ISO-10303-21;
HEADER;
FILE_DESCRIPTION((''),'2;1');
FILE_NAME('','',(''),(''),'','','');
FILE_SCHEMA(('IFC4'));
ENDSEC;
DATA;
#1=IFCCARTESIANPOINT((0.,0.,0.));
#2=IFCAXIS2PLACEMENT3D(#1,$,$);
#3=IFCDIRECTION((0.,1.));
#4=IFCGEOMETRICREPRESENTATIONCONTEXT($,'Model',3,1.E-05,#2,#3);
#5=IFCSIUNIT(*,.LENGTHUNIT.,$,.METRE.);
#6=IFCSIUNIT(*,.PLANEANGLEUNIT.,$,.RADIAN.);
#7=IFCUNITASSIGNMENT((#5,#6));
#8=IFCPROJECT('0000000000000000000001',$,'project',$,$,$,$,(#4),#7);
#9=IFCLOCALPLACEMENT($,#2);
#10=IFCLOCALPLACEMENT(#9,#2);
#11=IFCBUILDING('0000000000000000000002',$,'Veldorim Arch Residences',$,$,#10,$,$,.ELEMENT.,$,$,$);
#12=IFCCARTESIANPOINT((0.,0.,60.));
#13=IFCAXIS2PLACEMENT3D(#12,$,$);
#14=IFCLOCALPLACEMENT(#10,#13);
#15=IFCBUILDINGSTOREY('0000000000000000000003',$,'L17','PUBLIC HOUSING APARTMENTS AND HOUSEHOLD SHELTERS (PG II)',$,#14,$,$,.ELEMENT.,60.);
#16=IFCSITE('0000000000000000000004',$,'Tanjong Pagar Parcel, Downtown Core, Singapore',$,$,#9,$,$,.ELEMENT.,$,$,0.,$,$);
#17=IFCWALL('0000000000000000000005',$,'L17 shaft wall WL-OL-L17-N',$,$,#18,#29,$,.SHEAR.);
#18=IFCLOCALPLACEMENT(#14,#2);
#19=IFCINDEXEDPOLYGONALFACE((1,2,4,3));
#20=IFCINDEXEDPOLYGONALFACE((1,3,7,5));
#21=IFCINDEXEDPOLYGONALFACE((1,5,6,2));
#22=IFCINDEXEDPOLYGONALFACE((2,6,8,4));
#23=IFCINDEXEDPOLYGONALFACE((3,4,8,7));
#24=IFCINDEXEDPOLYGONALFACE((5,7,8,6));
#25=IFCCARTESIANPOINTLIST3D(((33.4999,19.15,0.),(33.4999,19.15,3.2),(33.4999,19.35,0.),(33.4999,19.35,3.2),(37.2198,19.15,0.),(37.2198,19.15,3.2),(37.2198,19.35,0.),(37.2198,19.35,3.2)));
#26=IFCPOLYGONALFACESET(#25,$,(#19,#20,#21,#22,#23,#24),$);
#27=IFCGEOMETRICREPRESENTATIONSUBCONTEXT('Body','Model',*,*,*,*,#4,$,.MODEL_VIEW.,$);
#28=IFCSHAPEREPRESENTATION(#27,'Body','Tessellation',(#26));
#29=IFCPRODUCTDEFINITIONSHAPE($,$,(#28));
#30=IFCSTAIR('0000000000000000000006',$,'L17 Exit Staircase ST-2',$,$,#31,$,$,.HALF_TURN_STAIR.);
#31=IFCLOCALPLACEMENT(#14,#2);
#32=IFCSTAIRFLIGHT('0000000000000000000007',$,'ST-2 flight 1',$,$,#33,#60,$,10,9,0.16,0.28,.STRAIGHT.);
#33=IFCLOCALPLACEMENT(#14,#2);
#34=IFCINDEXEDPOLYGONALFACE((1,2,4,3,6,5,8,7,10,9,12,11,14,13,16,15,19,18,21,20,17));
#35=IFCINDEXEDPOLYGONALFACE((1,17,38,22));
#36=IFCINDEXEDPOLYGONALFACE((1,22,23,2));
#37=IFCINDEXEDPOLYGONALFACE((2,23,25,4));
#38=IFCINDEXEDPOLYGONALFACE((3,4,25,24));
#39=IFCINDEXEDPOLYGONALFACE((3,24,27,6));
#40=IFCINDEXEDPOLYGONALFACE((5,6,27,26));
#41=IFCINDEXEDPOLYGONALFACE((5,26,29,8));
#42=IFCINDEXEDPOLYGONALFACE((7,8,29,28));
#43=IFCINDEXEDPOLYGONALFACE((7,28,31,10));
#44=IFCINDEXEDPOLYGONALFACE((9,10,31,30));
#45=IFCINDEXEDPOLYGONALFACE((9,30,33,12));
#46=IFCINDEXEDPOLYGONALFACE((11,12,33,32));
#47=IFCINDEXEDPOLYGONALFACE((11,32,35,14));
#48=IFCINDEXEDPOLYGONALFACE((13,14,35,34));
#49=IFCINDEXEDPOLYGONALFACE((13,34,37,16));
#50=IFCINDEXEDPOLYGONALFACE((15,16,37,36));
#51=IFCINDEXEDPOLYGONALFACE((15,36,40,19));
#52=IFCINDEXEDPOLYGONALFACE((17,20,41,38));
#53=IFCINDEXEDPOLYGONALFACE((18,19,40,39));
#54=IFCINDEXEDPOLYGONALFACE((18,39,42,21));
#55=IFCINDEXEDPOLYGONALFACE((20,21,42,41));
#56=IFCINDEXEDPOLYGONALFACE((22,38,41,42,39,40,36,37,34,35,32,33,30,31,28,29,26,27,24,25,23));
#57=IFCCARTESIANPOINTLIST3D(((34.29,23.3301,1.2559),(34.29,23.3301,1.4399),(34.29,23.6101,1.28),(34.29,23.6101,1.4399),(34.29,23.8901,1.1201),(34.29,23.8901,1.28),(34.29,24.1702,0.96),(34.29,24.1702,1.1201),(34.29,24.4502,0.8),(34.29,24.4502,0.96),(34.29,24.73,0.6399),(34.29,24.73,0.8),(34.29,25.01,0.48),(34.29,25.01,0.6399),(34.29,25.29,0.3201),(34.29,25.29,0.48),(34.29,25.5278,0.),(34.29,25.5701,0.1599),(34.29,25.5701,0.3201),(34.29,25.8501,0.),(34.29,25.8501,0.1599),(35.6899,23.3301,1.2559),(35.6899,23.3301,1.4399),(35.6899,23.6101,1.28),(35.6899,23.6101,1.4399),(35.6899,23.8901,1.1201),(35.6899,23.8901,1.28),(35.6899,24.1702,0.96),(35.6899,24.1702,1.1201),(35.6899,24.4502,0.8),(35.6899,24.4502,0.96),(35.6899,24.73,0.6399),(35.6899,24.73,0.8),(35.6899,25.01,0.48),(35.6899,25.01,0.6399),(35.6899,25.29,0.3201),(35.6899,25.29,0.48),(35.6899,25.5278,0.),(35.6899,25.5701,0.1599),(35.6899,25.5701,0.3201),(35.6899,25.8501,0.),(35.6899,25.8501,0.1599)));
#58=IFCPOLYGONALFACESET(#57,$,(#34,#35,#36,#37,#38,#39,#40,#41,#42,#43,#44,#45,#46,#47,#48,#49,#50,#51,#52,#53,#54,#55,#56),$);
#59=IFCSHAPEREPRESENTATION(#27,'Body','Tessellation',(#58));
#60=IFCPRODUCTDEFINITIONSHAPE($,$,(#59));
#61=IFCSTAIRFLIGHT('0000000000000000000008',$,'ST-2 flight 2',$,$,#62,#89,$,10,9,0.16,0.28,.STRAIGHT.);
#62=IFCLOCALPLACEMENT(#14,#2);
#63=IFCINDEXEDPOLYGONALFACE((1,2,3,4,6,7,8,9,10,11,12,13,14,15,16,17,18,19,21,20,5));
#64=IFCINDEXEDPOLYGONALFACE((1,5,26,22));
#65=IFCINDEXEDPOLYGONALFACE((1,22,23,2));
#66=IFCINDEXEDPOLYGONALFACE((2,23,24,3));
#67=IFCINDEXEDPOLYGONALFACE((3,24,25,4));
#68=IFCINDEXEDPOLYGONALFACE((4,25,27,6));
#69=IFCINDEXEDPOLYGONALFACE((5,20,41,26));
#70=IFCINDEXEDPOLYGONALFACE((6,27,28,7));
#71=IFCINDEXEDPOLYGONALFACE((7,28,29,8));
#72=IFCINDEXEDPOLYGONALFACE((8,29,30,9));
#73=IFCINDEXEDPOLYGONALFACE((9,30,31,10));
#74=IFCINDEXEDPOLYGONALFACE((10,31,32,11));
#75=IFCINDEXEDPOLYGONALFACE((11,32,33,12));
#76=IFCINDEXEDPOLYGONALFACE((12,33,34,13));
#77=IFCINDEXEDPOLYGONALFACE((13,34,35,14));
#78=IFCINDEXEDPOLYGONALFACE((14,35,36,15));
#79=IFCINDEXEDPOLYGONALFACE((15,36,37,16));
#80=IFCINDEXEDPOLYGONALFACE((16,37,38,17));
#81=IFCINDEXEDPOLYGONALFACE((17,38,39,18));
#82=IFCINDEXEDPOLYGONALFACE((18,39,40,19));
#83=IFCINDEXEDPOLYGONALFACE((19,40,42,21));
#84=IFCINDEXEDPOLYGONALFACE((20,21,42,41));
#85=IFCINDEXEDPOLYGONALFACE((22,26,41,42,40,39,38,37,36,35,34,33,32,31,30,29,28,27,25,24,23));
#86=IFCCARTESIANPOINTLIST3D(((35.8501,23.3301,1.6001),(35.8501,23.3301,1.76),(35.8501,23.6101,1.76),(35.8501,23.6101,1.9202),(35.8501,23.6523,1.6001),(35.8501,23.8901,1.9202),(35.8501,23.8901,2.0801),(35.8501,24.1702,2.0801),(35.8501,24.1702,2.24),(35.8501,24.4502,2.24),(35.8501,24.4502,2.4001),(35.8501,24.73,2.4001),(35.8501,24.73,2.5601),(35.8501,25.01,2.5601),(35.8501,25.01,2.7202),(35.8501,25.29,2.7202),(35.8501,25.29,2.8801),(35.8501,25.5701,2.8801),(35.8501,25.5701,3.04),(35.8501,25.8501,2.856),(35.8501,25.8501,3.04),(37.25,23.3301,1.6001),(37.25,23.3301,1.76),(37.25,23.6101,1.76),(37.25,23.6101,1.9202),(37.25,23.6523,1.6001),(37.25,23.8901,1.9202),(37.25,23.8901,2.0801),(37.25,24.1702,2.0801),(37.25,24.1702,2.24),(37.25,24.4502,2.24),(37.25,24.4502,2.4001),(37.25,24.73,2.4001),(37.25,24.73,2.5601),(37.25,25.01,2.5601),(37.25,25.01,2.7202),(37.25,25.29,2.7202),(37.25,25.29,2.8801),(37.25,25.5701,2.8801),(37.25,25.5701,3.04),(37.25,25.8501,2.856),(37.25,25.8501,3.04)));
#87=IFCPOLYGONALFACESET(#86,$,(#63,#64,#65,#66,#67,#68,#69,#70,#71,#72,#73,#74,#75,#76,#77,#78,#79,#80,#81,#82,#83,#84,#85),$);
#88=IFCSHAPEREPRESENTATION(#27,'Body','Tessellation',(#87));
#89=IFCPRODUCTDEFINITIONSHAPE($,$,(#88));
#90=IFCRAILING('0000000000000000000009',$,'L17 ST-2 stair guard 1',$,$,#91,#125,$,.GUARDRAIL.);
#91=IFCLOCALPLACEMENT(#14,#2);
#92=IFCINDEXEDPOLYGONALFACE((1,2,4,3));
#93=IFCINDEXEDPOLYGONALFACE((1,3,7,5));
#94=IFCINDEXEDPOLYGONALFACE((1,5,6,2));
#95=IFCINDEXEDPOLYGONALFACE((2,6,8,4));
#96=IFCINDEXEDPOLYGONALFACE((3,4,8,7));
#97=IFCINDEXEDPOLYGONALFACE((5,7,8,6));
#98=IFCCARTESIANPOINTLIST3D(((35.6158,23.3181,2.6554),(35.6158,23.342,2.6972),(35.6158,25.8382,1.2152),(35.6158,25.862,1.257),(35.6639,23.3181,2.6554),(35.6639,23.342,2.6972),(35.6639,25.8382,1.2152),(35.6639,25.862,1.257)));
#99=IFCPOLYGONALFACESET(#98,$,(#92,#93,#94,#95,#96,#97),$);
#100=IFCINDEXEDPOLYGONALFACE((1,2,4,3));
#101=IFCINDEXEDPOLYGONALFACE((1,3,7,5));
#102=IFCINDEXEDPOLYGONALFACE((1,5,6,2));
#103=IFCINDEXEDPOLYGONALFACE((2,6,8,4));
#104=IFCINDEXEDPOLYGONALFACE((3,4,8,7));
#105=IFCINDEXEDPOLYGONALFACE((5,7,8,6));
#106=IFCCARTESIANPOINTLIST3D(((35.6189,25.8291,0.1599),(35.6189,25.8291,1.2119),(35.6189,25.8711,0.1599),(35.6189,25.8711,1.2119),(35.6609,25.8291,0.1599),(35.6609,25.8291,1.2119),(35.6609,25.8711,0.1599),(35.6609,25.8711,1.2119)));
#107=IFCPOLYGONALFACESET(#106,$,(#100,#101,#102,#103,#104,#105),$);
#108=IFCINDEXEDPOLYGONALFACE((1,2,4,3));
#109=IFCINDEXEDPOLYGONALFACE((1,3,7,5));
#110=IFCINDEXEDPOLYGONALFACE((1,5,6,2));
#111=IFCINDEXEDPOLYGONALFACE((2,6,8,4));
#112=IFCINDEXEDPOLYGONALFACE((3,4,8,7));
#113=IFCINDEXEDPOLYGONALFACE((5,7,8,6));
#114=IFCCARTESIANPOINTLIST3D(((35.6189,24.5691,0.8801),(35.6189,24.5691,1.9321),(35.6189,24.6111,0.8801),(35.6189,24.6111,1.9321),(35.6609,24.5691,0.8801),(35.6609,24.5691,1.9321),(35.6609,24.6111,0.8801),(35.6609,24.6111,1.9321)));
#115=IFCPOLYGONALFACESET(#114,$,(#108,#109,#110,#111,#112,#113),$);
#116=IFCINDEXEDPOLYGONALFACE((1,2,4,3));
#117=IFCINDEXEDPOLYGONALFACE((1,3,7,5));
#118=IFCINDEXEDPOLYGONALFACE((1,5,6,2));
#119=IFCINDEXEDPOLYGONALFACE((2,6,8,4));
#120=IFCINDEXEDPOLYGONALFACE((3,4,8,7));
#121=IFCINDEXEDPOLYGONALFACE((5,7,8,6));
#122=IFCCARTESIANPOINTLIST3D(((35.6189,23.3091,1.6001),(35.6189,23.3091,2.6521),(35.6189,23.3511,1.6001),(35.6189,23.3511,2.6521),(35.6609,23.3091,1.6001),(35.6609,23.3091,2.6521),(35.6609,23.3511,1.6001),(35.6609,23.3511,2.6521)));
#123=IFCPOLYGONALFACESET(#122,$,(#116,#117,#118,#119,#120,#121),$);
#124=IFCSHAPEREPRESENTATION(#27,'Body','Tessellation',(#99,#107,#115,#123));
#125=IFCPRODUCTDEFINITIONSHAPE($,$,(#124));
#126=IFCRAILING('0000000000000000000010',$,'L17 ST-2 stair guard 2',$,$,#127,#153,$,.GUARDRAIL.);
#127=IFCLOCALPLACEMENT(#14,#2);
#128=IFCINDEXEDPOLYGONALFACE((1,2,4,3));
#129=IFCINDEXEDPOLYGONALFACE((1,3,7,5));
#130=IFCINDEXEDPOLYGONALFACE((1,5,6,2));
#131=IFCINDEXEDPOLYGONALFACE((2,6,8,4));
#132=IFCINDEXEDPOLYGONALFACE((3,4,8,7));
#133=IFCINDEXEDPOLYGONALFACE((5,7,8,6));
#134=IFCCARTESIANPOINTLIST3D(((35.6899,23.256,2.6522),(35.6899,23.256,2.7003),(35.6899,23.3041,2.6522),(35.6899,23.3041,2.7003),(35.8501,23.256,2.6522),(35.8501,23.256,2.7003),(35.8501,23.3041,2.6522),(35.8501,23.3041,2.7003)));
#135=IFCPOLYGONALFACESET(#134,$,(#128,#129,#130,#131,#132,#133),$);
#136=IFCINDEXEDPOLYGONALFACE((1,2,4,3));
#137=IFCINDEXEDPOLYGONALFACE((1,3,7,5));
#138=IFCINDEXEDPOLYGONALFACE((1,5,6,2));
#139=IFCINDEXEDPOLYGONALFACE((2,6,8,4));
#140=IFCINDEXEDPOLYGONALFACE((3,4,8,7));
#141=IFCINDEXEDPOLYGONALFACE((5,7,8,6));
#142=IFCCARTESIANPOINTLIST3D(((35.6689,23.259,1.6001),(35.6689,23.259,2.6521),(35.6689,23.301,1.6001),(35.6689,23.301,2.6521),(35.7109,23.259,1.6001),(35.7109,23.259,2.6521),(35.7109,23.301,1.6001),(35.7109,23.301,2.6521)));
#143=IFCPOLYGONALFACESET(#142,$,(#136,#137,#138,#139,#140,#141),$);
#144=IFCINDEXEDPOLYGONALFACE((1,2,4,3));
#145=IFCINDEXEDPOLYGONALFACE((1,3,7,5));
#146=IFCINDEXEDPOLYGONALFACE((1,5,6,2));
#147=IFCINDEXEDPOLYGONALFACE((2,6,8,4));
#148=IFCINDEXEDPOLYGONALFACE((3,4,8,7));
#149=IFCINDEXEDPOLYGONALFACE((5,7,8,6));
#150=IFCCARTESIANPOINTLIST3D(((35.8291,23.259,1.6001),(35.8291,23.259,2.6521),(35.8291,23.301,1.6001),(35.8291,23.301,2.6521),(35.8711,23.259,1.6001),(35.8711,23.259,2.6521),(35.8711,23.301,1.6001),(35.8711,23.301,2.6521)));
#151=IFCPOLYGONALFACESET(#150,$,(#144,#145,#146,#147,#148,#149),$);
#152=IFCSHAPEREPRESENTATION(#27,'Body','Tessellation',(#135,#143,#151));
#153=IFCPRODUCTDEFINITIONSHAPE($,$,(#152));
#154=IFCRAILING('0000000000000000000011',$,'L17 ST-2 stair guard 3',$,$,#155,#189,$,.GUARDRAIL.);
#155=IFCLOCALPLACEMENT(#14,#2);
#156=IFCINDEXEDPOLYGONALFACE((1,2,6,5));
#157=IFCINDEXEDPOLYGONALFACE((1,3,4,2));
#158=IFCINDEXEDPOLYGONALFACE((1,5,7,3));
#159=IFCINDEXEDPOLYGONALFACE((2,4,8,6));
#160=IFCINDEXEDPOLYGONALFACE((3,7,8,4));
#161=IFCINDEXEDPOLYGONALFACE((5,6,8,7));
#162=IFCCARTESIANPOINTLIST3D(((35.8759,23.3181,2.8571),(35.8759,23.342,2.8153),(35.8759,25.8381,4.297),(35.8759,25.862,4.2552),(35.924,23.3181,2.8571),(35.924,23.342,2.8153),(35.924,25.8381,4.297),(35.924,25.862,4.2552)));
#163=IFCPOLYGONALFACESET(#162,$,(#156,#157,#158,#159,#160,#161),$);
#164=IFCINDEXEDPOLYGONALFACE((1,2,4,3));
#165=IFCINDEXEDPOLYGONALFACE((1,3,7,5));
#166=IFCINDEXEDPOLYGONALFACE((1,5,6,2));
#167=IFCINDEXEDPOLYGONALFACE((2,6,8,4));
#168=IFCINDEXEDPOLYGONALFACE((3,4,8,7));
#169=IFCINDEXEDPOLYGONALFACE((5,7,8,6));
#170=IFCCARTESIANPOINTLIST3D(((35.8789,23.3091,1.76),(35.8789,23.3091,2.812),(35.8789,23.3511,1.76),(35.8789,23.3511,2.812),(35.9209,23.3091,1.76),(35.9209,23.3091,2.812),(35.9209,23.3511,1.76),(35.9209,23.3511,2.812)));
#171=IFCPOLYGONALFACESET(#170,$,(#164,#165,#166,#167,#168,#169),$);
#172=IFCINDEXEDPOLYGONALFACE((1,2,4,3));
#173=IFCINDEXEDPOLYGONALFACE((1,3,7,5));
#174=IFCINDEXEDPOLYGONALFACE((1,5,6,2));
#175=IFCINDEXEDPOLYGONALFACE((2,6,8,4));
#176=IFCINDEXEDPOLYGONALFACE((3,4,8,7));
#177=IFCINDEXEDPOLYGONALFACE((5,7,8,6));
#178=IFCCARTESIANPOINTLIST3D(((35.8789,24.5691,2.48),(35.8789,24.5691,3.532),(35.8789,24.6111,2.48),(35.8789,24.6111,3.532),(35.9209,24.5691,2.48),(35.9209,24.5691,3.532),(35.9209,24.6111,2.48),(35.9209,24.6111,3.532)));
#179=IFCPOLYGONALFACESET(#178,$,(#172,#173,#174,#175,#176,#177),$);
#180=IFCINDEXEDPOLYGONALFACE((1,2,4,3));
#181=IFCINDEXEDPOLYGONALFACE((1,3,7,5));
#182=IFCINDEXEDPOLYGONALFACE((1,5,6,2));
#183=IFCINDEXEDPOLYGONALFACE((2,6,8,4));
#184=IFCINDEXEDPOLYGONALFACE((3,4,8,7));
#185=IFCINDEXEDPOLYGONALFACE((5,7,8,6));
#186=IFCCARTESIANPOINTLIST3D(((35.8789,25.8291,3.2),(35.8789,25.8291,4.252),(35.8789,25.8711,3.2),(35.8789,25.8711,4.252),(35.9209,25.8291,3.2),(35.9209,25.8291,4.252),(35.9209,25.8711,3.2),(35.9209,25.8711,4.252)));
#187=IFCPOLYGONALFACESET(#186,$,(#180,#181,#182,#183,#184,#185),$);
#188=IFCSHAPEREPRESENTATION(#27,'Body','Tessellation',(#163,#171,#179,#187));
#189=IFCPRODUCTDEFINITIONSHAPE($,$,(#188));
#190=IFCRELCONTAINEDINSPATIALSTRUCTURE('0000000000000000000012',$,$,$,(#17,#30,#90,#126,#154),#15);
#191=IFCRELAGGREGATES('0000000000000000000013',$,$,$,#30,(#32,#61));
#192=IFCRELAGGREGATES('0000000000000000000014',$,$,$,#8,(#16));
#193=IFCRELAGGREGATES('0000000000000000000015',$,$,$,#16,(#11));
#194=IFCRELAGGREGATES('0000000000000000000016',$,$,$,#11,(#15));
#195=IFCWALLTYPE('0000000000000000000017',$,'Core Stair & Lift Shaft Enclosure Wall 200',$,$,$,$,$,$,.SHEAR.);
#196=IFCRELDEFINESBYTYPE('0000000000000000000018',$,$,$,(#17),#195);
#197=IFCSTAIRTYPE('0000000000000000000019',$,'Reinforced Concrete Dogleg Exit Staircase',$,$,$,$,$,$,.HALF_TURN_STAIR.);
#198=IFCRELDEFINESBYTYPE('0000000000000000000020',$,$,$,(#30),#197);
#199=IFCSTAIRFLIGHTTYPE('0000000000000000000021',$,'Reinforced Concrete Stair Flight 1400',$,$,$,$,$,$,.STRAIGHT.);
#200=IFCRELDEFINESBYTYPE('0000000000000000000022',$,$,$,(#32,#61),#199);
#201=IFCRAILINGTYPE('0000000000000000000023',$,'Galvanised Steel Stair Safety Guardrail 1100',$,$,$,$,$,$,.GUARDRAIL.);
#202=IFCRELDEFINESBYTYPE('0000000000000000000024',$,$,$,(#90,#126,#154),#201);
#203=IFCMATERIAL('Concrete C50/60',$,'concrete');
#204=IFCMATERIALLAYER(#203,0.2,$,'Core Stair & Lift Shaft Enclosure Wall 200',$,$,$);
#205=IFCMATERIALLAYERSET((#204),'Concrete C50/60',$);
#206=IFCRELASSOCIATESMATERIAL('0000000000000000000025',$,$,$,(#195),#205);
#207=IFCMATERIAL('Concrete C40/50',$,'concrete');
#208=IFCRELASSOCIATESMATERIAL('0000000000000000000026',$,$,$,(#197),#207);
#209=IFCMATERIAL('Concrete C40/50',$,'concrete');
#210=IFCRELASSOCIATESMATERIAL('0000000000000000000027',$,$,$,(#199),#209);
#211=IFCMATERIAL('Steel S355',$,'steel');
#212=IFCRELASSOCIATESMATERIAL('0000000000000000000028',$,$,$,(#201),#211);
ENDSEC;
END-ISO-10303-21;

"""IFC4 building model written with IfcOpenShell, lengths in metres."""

from ifc_helpers import new_model, si_unit, direction, frame, frame_2d, origin, origin_2d, place, context, subcontext, project, spatial, polyline, rectangle, outline, extrude, material, layer, layer_set, type_object, element, aggregate, save


model = new_model("IFC4")

# Units and contexts
model_context = context("Model", 3, precision=1e-05, world=origin(), true_north=direction((0.0, 1.0)))
body_context = subcontext(model_context, "Body", "Model", "MODEL_VIEW")
ifc_project = project(units=[si_unit("LENGTHUNIT", "METRE"), si_unit("PLANEANGLEUNIT", "RADIAN")], contexts=[model_context])

# Site, building, storey
site_placement = place(None, origin())
site = spatial("IfcSite", under=ifc_project, at=site_placement, Name="Tanjong Pagar Parcel, Downtown Core, Singapore", CompositionType="ELEMENT", RefElevation=0.0)
building_placement = place(site_placement, origin())
building = spatial("IfcBuilding", under=site, at=building_placement, Name="Veldorim Arch Residences", CompositionType="ELEMENT")
storey_placement = place(building_placement, frame((0.0, 0.0, 60.0)))
storey = spatial("IfcBuildingStorey", under=building, at=storey_placement, Name="L17", Description="PUBLIC HOUSING APARTMENTS AND HOUSEHOLD SHELTERS (PG II)", CompositionType="ELEMENT", Elevation=60.0)

# Wall
ifc_material_1 = material(Name="Concrete C50/60", Category="concrete")
ifc_layer_1 = layer(ifc_material_1, 0.2, Name="Core Stair & Lift Shaft Enclosure Wall 200")
ifc_layer_set_1 = layer_set([ifc_layer_1], Name="Concrete C50/60")
wall_type_1 = type_object("IfcWallType", Name="Core Stair & Lift Shaft Enclosure Wall 200", PredefinedType="SHEAR", material=ifc_layer_set_1)
wall_1_placement = place(storey_placement, frame((33.5, 19.25, 0.0), z_axis=(0.0, 0.0, 1.0), x_axis=(1.0, 0.0, 0.0)))
element("IfcWall", 1, at=wall_1_placement, inside=storey, type_object=wall_type_1, Name="L17 shaft wall WL-OL-L17-N", PredefinedType="SHEAR", context=body_context, shape_type="SweptSolid", body=[
    extrude(rectangle(XDim=3.72, YDim=0.2, at=frame_2d((1.8599, 0.0))), origin(), (0.0, 0.0, 1.0), 3.2),
])

# Stair, stair flights
ifc_material_2 = material(Name="Concrete C40/50", Category="concrete")
stair_type = type_object("IfcStairType", Name="Reinforced Concrete Dogleg Exit Staircase", PredefinedType="HALF_TURN_STAIR", material=ifc_material_2)
stair_placement = place(storey_placement, origin())
stair = element("IfcStair", 2, at=stair_placement, inside=storey, type_object=stair_type, Name="L17 Exit Staircase ST-2", PredefinedType="HALF_TURN_STAIR")
ifc_material_3 = material(Name="Concrete C40/50", Category="concrete")
stair_flight_type = type_object("IfcStairFlightType", Name="Reinforced Concrete Stair Flight 1400", PredefinedType="STRAIGHT", material=ifc_material_3)
stair_flight_1_placement = place(storey_placement, frame((34.99, 25.8501, 0.0), z_axis=(0.0, 0.0, 1.0), x_axis=(0.0, -1.0, 0.0)))
stair_flight_1 = element("IfcStairFlight", 3, at=stair_flight_1_placement, type_object=stair_flight_type, Name="ST-2 flight 1", NumberOfRisers=10, NumberOfTreads=9, PredefinedType="STRAIGHT", RiserHeight=0.16, TreadLength=0.28, context=body_context, shape_type="SweptSolid", body=[
    extrude(outline(polyline([(0.0, 0.0), (0.0, 0.1599), (0.28, 0.1599), (0.28, 0.3201), (0.5601, 0.3201), (0.5601, 0.48), (0.8401, 0.48), (0.8401, 0.6399), (1.1201, 0.6399), (1.1201, 0.8), (1.3999, 0.8), (1.3999, 0.96), (1.6799, 0.96), (1.6799, 1.1201), (1.96, 1.1201), (1.96, 1.28), (2.24, 1.28), (2.24, 1.4399), (2.52, 1.4399), (2.52, 1.6001), (2.52, 1.2559), (0.3223, 0.0), (0.0, 0.0)])), frame((0.0, 0.7, 0.0), z_axis=(0.0, -1.0, 0.0), x_axis=(1.0, 0.0, 0.0)), (0.0, 0.0, 1.0), 1.3999),
])
stair_flight_2_placement = place(storey_placement, frame((36.55, 23.3301, 1.6001), z_axis=(0.0, 0.0, 1.0), x_axis=(0.0, 1.0, 0.0)))
stair_flight_2 = element("IfcStairFlight", 4, at=stair_flight_2_placement, type_object=stair_flight_type, Name="ST-2 flight 2", NumberOfRisers=10, NumberOfTreads=9, PredefinedType="STRAIGHT", RiserHeight=0.16, TreadLength=0.28, context=body_context, shape_type="SweptSolid", body=[
    extrude(outline(polyline([(0.0, 0.0), (0.0, 0.1599), (0.28, 0.1599), (0.28, 0.3201), (0.5601, 0.3201), (0.5601, 0.48), (0.8401, 0.48), (0.8401, 0.6399), (1.1201, 0.6399), (1.1201, 0.8), (1.3999, 0.8), (1.3999, 0.96), (1.6799, 0.96), (1.6799, 1.1201), (1.96, 1.1201), (1.96, 1.28), (2.24, 1.28), (2.24, 1.4399), (2.52, 1.4399), (2.52, 1.6001), (2.52, 1.2559), (0.3223, 0.0), (0.0, 0.0)])), frame((0.0, 0.7, 0.0), z_axis=(0.0, -1.0, 0.0), x_axis=(1.0, 0.0, 0.0)), (0.0, 0.0, 1.0), 1.3999),
])
aggregate(stair, [stair_flight_1, stair_flight_2])

# Railings
ifc_material_4 = material(Name="Steel S355", Category="steel")
railing_type_1 = type_object("IfcRailingType", Name="Galvanised Steel Stair Safety Guardrail 1100", PredefinedType="GUARDRAIL", material=ifc_material_4)
railing_1_placement = place(storey_placement, frame((35.6399, 25.8501, 0.1599)))
element("IfcRailing", 5, at=railing_1_placement, inside=storey, type_object=railing_type_1, Name="L17 ST-2 stair guard 1", PredefinedType="GUARDRAIL", context=body_context, shape_type="SweptSolid", body=[
    extrude(rectangle(XDim=0.0481, YDim=0.0481, at=origin_2d()), frame((0.0, 0.0, 1.0762), z_axis=(0.0, -0.868217, 0.496184), x_axis=(1.0, 0.0, 0.0)), (0.0, 0.0, 1.0), 2.9026),
    extrude(rectangle(XDim=0.042, YDim=0.042, at=origin_2d()), origin(), (0.0, 0.0, 1.0), 1.052),
    extrude(rectangle(XDim=0.042, YDim=0.042, at=origin_2d()), frame((0.0, -1.26, 0.7202)), (0.0, 0.0, 1.0), 1.052),
    extrude(rectangle(XDim=0.042, YDim=0.042, at=origin_2d()), frame((0.0, -2.52, 1.4402)), (0.0, 0.0, 1.0), 1.052),
])
railing_2_placement = place(storey_placement, frame((35.6899, 23.28, 1.6001)))
element("IfcRailing", 6, at=railing_2_placement, inside=storey, type_object=railing_type_1, Name="L17 ST-2 stair guard 2", PredefinedType="GUARDRAIL", context=body_context, shape_type="SweptSolid", body=[
    extrude(rectangle(XDim=0.0481, YDim=0.0481, at=origin_2d()), frame((0.0, 0.0, 1.0762), z_axis=(1.0, 0.0, 0.0), x_axis=(0.0, 1.0, 0.0)), (0.0, 0.0, 1.0), 0.1602),
    extrude(rectangle(XDim=0.042, YDim=0.042, at=origin_2d()), origin(), (0.0, 0.0, 1.0), 1.052),
    extrude(rectangle(XDim=0.042, YDim=0.042, at=origin_2d()), frame((0.1602, 0.0, 0.0)), (0.0, 0.0, 1.0), 1.052),
])
railing_3_placement = place(storey_placement, frame((35.8999, 23.3301, 1.76)))
element("IfcRailing", 7, at=railing_3_placement, inside=storey, type_object=railing_type_1, Name="L17 ST-2 stair guard 3", PredefinedType="GUARDRAIL", context=body_context, shape_type="SweptSolid", body=[
    extrude(rectangle(XDim=0.0481, YDim=0.0481, at=origin_2d()), frame((0.0, 0.0, 1.0762), z_axis=(0.0, 0.868253, 0.496121), x_axis=(-1.0, 0.0, 0.0)), (0.0, 0.0, 1.0), 2.9023),
    extrude(rectangle(XDim=0.042, YDim=0.042, at=origin_2d()), origin(), (0.0, 0.0, 1.0), 1.052),
    extrude(rectangle(XDim=0.042, YDim=0.042, at=origin_2d()), frame((0.0, 1.26, 0.72)), (0.0, 0.0, 1.0), 1.052),
    extrude(rectangle(XDim=0.042, YDim=0.042, at=origin_2d()), frame((0.0, 2.52, 1.4399)), (0.0, 0.0, 1.0), 1.052),
])

save(model, "model.ifc")
